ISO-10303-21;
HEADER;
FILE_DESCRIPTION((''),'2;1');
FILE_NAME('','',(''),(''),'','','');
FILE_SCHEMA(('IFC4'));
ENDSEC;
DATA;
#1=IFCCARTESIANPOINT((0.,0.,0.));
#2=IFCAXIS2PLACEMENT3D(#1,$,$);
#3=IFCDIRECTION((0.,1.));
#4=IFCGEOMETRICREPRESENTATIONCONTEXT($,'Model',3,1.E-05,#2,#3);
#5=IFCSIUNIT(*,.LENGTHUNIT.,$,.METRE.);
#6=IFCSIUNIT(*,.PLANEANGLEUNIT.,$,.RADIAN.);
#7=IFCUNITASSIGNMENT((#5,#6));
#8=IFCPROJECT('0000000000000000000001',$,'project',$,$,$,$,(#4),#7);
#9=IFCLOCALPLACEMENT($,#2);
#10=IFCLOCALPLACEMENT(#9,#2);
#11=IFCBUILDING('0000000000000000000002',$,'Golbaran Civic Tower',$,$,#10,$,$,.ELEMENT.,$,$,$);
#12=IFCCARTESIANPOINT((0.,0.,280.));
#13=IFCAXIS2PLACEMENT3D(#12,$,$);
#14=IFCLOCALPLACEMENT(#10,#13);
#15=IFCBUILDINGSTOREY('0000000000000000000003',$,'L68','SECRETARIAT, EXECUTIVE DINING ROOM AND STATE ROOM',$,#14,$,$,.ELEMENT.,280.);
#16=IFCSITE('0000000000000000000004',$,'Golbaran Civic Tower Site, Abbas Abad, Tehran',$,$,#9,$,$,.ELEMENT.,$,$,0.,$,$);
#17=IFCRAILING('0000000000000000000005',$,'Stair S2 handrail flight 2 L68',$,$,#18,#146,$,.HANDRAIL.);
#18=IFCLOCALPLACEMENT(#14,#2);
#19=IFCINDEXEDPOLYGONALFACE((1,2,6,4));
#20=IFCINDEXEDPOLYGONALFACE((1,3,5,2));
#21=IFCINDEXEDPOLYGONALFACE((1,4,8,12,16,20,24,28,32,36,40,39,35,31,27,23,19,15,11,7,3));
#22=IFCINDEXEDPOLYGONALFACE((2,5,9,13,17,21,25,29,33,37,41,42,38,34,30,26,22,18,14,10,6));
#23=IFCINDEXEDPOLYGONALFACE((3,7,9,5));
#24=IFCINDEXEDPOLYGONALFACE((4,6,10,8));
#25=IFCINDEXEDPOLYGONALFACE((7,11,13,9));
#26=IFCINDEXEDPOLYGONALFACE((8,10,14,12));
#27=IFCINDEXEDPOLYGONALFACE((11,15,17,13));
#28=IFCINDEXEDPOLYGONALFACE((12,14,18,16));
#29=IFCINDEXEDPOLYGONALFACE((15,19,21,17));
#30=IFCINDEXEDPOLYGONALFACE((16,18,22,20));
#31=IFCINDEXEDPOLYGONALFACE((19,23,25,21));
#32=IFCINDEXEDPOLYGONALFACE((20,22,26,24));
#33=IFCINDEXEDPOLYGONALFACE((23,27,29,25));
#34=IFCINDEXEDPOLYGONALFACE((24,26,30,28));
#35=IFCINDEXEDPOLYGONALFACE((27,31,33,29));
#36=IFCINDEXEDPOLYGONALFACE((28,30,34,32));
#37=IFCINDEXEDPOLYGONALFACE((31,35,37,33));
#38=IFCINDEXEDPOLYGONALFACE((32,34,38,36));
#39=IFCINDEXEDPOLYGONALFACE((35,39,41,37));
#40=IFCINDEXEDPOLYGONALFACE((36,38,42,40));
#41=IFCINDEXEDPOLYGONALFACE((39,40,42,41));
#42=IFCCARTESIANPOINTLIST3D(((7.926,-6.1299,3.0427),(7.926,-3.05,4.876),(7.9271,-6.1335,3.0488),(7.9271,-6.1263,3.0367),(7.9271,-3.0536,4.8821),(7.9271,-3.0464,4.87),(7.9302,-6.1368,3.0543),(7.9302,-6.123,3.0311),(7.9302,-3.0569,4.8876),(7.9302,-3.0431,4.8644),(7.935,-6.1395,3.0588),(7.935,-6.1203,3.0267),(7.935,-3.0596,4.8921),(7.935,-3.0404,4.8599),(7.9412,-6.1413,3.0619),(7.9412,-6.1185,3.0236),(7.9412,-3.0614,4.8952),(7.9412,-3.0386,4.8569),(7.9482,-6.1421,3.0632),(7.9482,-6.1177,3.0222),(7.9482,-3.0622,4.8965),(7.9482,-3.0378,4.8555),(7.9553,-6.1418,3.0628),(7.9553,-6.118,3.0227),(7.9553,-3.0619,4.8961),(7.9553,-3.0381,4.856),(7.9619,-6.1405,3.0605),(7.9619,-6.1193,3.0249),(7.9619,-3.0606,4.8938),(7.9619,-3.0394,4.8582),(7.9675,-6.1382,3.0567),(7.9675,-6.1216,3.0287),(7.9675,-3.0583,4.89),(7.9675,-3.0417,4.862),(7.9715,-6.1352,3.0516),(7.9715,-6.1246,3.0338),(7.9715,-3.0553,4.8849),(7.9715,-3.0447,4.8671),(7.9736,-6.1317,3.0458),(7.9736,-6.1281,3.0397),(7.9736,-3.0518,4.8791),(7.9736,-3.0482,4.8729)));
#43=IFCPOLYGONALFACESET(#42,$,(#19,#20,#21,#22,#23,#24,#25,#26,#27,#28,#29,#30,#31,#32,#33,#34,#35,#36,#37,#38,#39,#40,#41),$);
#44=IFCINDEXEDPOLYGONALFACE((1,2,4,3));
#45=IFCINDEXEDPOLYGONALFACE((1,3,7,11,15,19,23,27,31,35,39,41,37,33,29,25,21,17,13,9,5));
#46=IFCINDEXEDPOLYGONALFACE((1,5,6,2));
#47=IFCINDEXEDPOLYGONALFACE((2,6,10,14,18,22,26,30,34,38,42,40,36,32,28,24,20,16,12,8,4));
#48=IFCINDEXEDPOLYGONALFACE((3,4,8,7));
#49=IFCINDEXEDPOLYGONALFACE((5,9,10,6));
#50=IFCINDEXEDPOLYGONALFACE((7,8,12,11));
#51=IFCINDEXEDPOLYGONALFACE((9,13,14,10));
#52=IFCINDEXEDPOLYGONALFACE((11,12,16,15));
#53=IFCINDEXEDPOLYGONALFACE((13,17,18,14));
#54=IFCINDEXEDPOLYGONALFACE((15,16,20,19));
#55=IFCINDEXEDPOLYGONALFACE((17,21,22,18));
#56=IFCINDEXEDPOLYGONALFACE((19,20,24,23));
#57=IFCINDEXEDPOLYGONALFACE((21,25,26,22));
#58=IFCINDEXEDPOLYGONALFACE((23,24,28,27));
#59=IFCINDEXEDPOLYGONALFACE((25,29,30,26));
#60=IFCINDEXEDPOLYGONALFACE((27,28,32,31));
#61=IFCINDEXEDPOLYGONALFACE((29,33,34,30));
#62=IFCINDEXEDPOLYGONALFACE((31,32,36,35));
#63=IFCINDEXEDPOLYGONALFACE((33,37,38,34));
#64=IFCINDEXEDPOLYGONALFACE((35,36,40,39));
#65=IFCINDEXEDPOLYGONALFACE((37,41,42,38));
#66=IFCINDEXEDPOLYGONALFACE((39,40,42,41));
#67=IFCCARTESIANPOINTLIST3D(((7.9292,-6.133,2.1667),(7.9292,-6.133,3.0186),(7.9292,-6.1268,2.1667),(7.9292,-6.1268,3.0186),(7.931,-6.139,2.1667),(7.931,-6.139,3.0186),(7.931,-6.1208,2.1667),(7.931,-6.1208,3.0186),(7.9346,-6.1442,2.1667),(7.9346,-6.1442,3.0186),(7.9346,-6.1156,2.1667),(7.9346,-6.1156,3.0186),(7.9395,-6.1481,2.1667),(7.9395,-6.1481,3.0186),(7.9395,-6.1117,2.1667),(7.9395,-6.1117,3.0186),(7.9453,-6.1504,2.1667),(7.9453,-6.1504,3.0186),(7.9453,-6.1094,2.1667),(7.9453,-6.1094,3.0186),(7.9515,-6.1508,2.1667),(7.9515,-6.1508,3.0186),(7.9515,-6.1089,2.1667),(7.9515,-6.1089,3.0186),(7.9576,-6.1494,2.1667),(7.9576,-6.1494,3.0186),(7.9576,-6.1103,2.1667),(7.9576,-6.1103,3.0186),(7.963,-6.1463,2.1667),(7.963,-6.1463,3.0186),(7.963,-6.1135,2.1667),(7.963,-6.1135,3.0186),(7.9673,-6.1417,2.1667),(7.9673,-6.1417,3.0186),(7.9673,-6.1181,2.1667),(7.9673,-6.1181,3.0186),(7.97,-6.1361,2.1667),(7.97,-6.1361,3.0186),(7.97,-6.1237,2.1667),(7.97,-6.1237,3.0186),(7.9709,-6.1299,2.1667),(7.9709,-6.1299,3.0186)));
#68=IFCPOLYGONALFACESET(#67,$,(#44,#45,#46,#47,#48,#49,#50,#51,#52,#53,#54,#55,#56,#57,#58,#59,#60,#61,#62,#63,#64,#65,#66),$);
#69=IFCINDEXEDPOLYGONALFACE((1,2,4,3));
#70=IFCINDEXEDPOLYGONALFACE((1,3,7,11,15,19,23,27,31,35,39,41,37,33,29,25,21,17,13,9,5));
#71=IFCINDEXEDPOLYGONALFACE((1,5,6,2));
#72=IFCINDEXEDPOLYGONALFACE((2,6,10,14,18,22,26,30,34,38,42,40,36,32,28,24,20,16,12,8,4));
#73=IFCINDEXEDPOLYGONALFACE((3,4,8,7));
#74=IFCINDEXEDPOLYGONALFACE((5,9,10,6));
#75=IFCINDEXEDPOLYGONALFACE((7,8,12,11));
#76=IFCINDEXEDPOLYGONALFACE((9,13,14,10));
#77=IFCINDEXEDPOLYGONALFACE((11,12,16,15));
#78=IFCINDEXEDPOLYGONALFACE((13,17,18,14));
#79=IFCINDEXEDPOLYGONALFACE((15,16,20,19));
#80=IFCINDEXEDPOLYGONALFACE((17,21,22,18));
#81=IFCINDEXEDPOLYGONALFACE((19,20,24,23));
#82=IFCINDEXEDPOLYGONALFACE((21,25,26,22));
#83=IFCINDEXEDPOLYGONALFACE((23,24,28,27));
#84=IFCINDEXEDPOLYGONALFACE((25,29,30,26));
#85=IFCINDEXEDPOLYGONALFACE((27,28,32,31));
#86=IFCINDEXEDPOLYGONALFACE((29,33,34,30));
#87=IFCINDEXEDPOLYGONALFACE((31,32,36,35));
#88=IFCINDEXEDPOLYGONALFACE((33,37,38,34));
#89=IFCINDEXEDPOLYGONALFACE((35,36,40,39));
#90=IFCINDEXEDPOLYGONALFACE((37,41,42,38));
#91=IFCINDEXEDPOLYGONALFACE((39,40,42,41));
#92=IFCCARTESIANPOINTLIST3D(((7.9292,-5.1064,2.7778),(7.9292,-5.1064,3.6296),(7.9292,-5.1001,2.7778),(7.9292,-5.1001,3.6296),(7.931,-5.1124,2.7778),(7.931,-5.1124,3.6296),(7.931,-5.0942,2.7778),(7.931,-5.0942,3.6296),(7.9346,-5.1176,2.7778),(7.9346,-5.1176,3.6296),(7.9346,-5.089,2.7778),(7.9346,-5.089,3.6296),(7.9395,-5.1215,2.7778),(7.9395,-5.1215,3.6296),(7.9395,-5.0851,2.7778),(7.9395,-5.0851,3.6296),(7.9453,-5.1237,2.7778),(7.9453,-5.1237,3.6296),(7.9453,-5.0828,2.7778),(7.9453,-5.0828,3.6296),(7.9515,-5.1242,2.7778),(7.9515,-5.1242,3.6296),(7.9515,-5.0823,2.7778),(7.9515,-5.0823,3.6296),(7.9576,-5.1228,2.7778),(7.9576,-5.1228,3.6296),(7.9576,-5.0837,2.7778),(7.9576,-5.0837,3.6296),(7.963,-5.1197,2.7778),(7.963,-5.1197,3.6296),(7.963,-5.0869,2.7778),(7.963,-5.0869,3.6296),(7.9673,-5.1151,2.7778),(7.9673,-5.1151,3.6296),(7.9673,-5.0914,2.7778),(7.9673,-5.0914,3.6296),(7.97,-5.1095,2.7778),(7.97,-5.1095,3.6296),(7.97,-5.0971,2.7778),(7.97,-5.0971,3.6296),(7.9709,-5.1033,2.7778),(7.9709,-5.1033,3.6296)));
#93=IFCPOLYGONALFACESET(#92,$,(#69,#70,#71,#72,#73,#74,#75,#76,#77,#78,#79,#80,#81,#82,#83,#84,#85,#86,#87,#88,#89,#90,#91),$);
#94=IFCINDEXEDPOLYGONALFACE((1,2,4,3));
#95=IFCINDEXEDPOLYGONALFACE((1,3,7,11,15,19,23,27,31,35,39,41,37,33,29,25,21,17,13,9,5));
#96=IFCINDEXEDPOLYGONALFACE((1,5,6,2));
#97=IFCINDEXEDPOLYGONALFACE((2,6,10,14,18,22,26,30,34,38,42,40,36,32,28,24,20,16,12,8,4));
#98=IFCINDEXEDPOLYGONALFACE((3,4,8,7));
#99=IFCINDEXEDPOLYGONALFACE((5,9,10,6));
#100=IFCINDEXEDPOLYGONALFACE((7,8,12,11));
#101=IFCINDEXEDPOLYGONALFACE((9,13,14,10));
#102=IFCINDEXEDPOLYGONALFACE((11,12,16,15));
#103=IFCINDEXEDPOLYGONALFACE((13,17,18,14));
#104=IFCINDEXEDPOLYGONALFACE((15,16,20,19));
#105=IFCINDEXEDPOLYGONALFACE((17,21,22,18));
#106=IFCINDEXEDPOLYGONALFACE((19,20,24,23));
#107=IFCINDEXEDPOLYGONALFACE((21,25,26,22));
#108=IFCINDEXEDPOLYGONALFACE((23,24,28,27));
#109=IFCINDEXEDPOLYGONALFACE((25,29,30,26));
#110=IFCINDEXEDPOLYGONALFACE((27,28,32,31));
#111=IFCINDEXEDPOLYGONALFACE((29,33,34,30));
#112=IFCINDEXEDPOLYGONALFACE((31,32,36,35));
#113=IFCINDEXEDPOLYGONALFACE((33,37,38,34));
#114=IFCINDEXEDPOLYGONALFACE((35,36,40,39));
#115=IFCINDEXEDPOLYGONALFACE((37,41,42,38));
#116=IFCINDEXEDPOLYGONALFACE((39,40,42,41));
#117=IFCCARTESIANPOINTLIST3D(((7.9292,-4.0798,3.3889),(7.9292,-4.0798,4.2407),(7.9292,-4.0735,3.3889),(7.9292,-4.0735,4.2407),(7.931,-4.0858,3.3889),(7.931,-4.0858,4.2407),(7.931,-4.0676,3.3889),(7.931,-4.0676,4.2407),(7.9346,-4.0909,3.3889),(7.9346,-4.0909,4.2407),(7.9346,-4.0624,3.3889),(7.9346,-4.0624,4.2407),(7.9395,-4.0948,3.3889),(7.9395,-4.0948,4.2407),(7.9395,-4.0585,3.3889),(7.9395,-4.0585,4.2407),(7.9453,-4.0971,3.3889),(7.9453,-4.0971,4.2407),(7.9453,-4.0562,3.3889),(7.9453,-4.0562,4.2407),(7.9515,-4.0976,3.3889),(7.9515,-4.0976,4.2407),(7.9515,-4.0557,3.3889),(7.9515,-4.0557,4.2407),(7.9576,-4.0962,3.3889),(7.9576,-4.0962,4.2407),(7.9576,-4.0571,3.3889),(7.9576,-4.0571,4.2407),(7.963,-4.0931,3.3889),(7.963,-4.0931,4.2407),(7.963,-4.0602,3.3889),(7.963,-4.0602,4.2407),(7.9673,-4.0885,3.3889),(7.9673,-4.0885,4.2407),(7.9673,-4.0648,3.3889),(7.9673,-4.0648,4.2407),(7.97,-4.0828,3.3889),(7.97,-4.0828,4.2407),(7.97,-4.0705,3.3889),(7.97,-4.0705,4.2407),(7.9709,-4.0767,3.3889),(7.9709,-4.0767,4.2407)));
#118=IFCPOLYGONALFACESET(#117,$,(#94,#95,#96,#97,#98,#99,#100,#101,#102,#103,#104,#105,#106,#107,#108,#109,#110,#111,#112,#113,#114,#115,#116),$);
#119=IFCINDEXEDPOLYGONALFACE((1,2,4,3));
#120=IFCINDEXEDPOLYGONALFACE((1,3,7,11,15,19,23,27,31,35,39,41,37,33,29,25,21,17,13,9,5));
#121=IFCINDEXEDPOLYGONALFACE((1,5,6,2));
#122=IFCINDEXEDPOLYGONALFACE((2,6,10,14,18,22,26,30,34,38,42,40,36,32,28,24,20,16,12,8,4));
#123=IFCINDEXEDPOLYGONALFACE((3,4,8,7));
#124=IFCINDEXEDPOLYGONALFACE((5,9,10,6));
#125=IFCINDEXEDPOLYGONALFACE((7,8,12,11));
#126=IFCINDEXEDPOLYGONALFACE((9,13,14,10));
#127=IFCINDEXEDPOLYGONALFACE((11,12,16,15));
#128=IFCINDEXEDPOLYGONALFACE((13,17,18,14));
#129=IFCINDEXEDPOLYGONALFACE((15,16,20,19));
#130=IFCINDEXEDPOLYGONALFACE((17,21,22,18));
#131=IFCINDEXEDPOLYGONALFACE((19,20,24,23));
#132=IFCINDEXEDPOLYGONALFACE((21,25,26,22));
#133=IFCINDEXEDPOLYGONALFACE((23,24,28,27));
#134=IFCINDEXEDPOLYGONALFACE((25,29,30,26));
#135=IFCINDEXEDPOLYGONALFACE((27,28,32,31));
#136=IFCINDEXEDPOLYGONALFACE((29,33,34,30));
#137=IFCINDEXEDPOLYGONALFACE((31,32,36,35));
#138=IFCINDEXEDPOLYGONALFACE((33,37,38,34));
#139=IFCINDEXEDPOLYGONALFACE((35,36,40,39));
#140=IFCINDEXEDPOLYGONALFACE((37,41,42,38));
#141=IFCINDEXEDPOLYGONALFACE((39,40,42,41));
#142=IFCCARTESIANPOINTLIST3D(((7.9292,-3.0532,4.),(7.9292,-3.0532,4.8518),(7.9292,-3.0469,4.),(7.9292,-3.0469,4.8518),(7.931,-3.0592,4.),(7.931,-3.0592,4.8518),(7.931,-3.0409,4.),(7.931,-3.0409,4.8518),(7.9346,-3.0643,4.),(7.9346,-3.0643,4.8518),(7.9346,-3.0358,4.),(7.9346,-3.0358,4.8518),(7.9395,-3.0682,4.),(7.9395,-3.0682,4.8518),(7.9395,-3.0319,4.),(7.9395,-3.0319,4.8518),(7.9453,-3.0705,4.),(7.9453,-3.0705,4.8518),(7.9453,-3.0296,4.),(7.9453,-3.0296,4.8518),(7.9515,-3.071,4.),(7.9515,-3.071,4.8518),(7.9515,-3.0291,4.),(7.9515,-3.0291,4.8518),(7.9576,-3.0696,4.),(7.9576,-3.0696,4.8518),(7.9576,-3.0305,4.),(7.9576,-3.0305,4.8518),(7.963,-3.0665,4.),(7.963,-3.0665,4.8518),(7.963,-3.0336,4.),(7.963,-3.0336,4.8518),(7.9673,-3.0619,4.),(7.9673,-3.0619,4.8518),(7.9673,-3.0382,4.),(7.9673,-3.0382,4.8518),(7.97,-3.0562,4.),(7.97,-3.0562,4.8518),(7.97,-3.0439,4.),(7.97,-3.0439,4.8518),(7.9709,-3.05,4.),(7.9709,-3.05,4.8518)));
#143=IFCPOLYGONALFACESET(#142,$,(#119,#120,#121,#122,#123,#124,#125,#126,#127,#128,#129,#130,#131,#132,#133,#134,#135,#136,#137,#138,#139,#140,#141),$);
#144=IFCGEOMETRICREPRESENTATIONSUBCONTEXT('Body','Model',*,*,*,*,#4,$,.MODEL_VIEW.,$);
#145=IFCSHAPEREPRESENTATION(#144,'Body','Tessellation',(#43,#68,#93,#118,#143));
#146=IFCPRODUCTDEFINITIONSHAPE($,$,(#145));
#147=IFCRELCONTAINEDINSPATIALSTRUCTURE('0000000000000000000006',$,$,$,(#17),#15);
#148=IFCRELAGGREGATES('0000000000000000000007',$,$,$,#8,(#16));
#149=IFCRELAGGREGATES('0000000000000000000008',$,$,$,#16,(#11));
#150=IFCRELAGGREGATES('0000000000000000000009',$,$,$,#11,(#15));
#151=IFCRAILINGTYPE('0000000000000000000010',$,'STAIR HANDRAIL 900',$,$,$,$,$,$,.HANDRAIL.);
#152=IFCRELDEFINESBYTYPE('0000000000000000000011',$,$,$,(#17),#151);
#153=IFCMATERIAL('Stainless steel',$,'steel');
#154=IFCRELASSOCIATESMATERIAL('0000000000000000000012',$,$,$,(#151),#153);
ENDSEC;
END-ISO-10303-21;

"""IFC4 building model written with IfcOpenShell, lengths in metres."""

from ifc_helpers import new_model, si_unit, direction, frame, origin, origin_2d, place, context, subcontext, project, spatial, circle, extrude, material, type_object, element, save


model = new_model("IFC4")

# Units and contexts
model_context = context("Model", 3, precision=1e-05, world=origin(), true_north=direction((0.0, 1.0)))
body_context = subcontext(model_context, "Body", "Model", "MODEL_VIEW")
ifc_project = project(units=[si_unit("LENGTHUNIT", "METRE"), si_unit("PLANEANGLEUNIT", "RADIAN")], contexts=[model_context])

# Site, building, storey
site_placement = place(None, origin())
site = spatial("IfcSite", under=ifc_project, at=site_placement, Name="Golbaran Civic Tower Site, Abbas Abad, Tehran", CompositionType="ELEMENT", RefElevation=0.0)
building_placement = place(site_placement, origin())
building = spatial("IfcBuilding", under=site, at=building_placement, Name="Golbaran Civic Tower", CompositionType="ELEMENT")
storey_placement = place(building_placement, frame((0.0, 0.0, 280.0)))
storey = spatial("IfcBuildingStorey", under=building, at=storey_placement, Name="L68", Description="SECRETARIAT, EXECUTIVE DINING ROOM AND STATE ROOM", CompositionType="ELEMENT", Elevation=280.0)

# Shared definitions
ifc_material_1 = material(Name="Stainless steel", Category="steel")

# Railing
railing_type = type_object("IfcRailingType", Name="STAIR HANDRAIL 900", PredefinedType="HANDRAIL", material=ifc_material_1)
railing_1_placement = place(storey_placement, frame((7.95, -6.1299, 2.1667)))
element("IfcRailing", 1, at=railing_1_placement, inside=storey, type_object=railing_type, Name="Stair S2 handrail flight 2 L68", PredefinedType="HANDRAIL", context=body_context, shape_type="SweptSolid", body=[
    extrude(circle(Radius=0.0239, at=origin_2d()), frame((0.0, 0.0, 0.876), z_axis=(0.0, 0.859291, 0.511487), x_axis=(-1.0, 0.0, 0.0)), (0.0, 0.0, 1.0), 3.5842),
    extrude(circle(Radius=0.021, at=origin_2d()), origin(), (0.0, 0.0, 1.0), 0.8518),
    extrude(circle(Radius=0.021, at=origin_2d()), frame((0.0, 1.0266, 0.6111)), (0.0, 0.0, 1.0), 0.8518),
    extrude(circle(Radius=0.021, at=origin_2d()), frame((0.0, 2.0532, 1.2222)), (0.0, 0.0, 1.0), 0.8518),
    extrude(circle(Radius=0.021, at=origin_2d()), frame((0.0, 3.0798, 1.8333)), (0.0, 0.0, 1.0), 0.8518),
])

save(model, "model.ifc")
